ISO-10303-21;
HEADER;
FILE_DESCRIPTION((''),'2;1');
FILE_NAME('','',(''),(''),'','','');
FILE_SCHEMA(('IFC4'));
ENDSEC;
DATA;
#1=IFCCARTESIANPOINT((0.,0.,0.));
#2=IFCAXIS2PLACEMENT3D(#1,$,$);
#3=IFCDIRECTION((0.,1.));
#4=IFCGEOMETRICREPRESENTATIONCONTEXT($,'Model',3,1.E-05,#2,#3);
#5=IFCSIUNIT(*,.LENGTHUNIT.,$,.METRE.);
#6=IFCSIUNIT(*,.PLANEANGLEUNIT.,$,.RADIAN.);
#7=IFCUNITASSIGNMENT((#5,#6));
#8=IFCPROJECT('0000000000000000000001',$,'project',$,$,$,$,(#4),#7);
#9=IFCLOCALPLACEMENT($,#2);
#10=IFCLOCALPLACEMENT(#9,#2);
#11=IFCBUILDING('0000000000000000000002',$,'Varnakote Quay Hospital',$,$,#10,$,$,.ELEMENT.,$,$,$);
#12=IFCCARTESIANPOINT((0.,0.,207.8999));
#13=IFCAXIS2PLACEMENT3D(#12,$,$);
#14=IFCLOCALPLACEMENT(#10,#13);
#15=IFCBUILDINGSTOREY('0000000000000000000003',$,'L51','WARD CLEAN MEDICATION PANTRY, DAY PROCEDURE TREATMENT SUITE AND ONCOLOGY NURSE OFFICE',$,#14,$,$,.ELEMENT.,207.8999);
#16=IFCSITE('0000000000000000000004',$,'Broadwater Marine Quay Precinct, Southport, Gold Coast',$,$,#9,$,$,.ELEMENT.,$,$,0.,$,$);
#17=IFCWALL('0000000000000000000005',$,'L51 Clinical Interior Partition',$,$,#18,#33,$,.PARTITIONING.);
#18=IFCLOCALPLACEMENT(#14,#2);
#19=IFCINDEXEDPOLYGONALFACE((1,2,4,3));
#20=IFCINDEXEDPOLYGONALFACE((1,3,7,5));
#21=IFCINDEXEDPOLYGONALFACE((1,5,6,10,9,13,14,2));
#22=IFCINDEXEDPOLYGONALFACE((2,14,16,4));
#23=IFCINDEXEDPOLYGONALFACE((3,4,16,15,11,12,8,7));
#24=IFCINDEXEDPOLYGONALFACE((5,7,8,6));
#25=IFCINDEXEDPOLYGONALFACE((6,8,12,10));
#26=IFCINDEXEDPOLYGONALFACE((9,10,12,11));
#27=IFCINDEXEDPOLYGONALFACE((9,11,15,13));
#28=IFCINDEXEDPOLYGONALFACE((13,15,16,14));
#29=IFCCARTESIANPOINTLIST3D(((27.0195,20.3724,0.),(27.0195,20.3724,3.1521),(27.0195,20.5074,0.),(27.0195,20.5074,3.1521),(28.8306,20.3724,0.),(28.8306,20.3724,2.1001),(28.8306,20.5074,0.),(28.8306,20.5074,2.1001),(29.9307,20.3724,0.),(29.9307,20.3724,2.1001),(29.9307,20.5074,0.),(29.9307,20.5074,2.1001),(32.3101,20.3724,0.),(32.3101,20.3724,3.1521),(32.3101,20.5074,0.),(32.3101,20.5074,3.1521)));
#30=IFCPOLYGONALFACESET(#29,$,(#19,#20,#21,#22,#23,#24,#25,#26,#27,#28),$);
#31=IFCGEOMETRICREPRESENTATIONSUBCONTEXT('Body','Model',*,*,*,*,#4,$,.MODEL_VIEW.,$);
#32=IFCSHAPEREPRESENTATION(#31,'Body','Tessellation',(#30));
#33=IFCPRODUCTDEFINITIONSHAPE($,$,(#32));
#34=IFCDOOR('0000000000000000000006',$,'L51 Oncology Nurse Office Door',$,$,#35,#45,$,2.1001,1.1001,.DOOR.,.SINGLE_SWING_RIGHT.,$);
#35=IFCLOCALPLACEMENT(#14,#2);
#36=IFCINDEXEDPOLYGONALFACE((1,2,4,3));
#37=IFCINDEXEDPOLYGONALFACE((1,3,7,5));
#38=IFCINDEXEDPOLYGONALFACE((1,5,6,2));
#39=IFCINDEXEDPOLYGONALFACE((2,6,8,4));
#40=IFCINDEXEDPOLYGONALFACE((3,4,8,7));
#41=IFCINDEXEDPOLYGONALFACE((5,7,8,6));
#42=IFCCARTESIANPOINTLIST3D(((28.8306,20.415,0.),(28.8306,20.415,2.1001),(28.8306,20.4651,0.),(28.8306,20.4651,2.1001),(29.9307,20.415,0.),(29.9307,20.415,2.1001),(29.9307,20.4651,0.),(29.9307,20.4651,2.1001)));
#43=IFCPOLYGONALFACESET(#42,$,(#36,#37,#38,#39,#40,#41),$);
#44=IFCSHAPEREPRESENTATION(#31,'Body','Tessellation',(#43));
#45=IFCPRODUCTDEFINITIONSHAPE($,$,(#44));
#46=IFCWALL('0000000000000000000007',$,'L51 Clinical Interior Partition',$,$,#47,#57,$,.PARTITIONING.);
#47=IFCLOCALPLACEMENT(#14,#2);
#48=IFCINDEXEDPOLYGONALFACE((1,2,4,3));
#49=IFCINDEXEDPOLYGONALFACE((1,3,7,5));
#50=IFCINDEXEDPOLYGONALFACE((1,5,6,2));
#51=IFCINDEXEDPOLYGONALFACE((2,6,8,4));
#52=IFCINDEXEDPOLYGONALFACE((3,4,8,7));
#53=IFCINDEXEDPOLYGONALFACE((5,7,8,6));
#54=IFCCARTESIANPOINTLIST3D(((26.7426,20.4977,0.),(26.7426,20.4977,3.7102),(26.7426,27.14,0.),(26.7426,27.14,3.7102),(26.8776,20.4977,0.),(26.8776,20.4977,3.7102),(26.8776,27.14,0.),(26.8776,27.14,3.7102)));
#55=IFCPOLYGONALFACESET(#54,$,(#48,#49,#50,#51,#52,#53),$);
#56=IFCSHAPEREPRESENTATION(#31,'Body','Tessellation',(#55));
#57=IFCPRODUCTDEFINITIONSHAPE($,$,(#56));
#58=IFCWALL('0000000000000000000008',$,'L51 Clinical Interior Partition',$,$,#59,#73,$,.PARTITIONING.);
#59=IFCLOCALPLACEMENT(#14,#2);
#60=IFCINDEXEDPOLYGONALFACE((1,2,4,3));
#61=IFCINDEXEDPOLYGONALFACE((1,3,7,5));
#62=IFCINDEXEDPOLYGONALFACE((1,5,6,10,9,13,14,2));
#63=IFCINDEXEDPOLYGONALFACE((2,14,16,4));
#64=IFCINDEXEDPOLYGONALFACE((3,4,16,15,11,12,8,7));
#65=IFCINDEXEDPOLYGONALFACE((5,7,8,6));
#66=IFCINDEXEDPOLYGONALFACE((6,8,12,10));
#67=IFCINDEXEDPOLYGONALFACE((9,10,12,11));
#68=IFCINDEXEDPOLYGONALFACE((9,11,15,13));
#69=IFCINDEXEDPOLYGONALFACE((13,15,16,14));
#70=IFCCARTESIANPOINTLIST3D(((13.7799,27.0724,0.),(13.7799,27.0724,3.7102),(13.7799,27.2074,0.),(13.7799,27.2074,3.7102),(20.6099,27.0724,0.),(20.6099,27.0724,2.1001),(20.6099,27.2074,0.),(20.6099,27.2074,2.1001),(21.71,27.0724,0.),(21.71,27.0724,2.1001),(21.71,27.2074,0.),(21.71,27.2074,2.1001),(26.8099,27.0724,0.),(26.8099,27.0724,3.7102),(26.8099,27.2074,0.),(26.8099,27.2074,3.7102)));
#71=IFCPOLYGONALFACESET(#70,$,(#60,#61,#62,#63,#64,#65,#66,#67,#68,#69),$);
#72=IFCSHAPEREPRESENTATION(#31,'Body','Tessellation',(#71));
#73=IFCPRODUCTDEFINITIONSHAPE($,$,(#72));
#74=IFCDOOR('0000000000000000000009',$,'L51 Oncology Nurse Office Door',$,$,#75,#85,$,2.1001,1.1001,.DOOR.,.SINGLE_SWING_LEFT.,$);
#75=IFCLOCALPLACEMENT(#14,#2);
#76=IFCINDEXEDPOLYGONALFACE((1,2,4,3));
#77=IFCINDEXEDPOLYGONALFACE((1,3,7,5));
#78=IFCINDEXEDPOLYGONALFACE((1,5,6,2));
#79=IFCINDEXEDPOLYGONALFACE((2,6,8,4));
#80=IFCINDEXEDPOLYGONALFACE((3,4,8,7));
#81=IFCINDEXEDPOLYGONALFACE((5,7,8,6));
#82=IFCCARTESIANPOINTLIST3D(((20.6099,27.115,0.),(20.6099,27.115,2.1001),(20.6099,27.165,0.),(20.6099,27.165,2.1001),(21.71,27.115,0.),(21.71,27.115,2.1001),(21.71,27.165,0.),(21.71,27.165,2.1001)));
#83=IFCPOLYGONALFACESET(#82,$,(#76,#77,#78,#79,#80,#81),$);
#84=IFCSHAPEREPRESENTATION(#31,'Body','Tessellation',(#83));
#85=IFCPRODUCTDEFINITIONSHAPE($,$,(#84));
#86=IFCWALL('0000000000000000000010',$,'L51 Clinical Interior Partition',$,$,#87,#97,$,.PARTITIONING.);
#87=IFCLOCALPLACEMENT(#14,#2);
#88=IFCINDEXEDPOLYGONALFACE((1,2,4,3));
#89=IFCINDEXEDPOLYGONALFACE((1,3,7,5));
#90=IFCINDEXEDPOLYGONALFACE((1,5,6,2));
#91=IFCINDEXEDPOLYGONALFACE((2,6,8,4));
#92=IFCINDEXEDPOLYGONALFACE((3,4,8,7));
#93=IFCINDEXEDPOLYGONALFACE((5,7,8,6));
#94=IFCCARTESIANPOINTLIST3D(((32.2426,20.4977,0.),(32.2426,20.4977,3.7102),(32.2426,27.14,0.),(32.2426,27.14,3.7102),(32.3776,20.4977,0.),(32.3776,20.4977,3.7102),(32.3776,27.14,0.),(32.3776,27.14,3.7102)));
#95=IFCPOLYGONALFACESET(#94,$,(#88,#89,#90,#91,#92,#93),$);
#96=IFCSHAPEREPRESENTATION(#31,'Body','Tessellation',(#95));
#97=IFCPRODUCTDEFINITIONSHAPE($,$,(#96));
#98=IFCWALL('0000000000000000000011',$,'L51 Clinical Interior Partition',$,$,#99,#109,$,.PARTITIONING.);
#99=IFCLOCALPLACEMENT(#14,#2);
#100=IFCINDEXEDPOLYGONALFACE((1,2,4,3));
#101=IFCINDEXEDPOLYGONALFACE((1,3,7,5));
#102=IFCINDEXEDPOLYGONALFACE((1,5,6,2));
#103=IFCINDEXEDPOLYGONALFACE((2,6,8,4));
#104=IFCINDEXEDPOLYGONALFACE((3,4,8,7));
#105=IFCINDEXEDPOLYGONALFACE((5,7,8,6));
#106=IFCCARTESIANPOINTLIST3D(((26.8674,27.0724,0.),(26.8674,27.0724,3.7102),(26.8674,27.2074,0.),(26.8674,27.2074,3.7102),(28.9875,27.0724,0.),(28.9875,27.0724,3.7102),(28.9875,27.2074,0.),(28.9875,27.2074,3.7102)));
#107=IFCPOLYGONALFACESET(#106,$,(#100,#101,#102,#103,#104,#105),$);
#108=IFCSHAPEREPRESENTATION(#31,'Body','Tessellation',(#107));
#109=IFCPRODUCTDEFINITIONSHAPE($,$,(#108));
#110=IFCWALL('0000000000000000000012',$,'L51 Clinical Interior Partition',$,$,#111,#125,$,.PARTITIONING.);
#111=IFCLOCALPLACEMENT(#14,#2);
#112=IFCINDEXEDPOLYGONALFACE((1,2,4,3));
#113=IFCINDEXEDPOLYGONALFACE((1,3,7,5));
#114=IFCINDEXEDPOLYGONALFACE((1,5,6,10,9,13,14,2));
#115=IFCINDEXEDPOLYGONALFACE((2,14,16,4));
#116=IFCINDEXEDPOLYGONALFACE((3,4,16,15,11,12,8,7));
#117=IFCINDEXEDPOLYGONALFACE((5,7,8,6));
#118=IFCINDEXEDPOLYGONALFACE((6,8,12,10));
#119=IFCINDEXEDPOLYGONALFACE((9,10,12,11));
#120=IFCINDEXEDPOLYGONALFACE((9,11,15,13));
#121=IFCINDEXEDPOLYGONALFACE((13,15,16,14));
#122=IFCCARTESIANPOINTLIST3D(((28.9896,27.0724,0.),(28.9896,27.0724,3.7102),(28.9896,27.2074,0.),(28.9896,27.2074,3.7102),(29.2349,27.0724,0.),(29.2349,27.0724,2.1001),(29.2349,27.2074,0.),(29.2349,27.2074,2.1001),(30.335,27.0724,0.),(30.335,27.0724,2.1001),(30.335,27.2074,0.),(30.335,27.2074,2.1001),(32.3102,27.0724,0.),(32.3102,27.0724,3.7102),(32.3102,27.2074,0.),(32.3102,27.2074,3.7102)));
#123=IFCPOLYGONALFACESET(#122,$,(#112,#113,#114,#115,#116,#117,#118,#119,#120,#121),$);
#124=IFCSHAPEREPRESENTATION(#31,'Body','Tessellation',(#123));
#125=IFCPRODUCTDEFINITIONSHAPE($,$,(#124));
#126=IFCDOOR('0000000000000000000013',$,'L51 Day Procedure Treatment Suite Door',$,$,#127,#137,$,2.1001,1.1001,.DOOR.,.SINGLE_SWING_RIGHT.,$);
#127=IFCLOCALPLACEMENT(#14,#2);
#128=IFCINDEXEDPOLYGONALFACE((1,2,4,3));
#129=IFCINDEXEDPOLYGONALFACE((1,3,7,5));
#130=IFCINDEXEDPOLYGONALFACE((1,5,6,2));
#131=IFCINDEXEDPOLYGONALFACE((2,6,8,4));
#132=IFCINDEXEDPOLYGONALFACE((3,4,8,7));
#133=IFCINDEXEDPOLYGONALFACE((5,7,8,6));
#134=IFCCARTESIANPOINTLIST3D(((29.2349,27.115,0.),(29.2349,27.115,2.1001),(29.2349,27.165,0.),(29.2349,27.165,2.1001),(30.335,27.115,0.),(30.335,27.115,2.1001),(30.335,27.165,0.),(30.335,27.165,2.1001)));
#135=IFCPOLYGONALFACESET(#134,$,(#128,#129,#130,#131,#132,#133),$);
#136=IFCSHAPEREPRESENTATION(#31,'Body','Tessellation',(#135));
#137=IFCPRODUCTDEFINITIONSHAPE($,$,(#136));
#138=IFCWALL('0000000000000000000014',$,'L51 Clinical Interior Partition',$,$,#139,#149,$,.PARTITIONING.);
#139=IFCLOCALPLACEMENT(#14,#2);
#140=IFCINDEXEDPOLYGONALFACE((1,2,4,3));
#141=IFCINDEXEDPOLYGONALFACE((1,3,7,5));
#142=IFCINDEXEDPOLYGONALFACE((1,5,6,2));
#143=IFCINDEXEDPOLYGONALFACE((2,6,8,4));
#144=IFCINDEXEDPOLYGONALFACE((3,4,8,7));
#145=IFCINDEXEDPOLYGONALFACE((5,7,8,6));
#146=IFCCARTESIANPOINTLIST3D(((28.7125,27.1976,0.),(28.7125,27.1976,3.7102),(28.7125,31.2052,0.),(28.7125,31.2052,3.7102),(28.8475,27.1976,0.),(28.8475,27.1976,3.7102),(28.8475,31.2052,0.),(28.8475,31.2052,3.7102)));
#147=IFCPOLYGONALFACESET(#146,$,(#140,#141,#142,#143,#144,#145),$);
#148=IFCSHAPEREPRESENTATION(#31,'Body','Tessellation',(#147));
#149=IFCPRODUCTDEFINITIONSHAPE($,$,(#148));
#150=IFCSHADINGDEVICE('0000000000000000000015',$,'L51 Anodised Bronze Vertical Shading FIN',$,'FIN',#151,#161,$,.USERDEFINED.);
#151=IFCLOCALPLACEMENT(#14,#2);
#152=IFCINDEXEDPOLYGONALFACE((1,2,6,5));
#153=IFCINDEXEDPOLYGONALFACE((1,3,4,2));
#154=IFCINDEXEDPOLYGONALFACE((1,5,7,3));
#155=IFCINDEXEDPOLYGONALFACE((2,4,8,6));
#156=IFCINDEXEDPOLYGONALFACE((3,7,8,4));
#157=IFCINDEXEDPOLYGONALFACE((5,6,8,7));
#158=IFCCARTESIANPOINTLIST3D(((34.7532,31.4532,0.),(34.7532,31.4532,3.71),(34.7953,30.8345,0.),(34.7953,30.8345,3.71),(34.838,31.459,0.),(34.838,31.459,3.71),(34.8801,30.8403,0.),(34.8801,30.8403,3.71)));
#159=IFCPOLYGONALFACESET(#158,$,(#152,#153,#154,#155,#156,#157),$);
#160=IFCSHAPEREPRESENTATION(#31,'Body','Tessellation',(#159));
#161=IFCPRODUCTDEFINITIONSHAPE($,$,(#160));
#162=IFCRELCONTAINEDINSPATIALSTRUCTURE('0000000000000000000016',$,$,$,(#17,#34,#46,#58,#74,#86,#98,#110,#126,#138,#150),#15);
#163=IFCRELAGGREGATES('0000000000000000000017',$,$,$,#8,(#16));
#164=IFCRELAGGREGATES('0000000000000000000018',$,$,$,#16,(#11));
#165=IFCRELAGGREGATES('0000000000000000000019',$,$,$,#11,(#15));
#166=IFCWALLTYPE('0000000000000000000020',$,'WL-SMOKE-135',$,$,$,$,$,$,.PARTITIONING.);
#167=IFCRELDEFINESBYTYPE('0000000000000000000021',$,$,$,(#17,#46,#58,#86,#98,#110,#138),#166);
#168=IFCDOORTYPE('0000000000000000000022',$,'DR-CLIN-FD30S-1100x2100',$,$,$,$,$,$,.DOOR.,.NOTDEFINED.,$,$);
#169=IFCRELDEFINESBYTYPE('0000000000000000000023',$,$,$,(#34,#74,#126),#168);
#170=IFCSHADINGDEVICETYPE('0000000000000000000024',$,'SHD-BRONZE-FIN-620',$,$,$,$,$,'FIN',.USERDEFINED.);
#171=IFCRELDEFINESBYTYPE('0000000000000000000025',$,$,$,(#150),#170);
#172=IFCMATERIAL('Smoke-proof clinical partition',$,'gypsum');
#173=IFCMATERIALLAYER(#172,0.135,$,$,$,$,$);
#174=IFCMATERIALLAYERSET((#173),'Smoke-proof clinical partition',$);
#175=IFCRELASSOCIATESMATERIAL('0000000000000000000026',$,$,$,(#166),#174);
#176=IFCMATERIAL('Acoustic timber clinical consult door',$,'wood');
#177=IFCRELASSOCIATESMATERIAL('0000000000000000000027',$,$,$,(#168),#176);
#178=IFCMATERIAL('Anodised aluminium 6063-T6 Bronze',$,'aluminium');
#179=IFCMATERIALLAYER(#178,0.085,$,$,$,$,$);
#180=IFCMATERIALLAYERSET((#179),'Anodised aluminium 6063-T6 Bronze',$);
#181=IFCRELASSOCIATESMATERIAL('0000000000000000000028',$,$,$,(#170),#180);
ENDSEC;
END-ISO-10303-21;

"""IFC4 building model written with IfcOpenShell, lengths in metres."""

from ifc_helpers import new_model, si_unit, direction, frame, frame_2d, origin, origin_2d, place, context, subcontext, project, spatial, rectangle, extrude, material, layer, layer_set, type_object, element, fill, save


model = new_model("IFC4")

# Units and contexts
model_context = context("Model", 3, precision=1e-05, world=origin(), true_north=direction((0.0, 1.0)))
body_context = subcontext(model_context, "Body", "Model", "MODEL_VIEW")
ifc_project = project(units=[si_unit("LENGTHUNIT", "METRE"), si_unit("PLANEANGLEUNIT", "RADIAN")], contexts=[model_context])

# Site, building, storey
site_placement = place(None, origin())
site = spatial("IfcSite", under=ifc_project, at=site_placement, Name="Broadwater Marine Quay Precinct, Southport, Gold Coast", CompositionType="ELEMENT", RefElevation=0.0)
building_placement = place(site_placement, origin())
building = spatial("IfcBuilding", under=site, at=building_placement, Name="Varnakote Quay Hospital", CompositionType="ELEMENT")
storey_placement = place(building_placement, frame((0.0, 0.0, 207.8999)))
storey = spatial("IfcBuildingStorey", under=building, at=storey_placement, Name="L51", Description="WARD CLEAN MEDICATION PANTRY, DAY PROCEDURE TREATMENT SUITE AND ONCOLOGY NURSE OFFICE", CompositionType="ELEMENT", Elevation=207.8999)

# Shared definitions
ifc_material_1 = material(Name="Smoke-proof clinical partition", Category="gypsum")
ifc_layer_1 = layer(ifc_material_1, 0.135)
ifc_layer_set_1 = layer_set([ifc_layer_1], Name="Smoke-proof clinical partition")
wall_type_1 = type_object("IfcWallType", Name="WL-SMOKE-135", PredefinedType="PARTITIONING", material=ifc_layer_set_1)

# Wall, opening, door
wall_1_placement = place(storey_placement, frame((32.3101, 20.4399, 0.0), z_axis=(0.0, 0.0, 1.0), x_axis=(-1.0, 0.0, 0.0)))
wall_1 = element("IfcWall", 1, at=wall_1_placement, inside=storey, type_object=wall_type_1, Name="L51 Clinical Interior Partition", PredefinedType="PARTITIONING", context=body_context, shape_type="SweptSolid", body=[
    extrude(rectangle(XDim=5.2905, YDim=0.135, at=frame_2d((2.6453, 0.0))), origin(), (0.0, 0.0, 1.0), 3.1521),
])
opening_1_placement = place(wall_1_placement, frame((2.3794, 0.0, 0.0)))
opening_1 = element("IfcOpeningElement", 2, at=opening_1_placement, cuts=wall_1, PredefinedType="OPENING", context=body_context, shape_type="SweptSolid", body=[
    extrude(rectangle(XDim=1.1001, YDim=2.1001, at=frame_2d((0.55, 1.05))), frame((0.0, 0.0774, 0.0), z_axis=(0.0, -1.0, 0.0), x_axis=(1.0, 0.0, 0.0)), (0.0, 0.0, 1.0), 0.155),
])
ifc_material_2 = material(Name="Acoustic timber clinical consult door", Category="wood")
door_type = type_object("IfcDoorType", Name="DR-CLIN-FD30S-1100x2100", OperationType="NOTDEFINED", PredefinedType="DOOR", material=ifc_material_2)
door_1_placement = place(opening_1_placement, origin())
door_1 = element("IfcDoor", 3, at=door_1_placement, inside=storey, type_object=door_type, Name="L51 Oncology Nurse Office Door", OperationType="SINGLE_SWING_RIGHT", OverallHeight=2.1001, OverallWidth=1.1001, PredefinedType="DOOR", context=body_context, shape_type="SweptSolid", body=[
    extrude(rectangle(XDim=1.1001, YDim=2.1001, at=frame_2d((0.55, 1.05))), frame((0.0, 0.0249, 0.0), z_axis=(0.0, -1.0, 0.0), x_axis=(1.0, 0.0, 0.0)), (0.0, 0.0, 1.0), 0.05),
])
fill(opening_1, door_1)

# Wall
wall_2_placement = place(storey_placement, frame((26.8101, 20.4976, 0.0), z_axis=(0.0, 0.0, 1.0), x_axis=(0.0, 1.0, 0.0)))
element("IfcWall", 4, at=wall_2_placement, inside=storey, type_object=wall_type_1, Name="L51 Clinical Interior Partition", PredefinedType="PARTITIONING", context=body_context, shape_type="SweptSolid", body=[
    extrude(rectangle(XDim=6.6423, YDim=0.135, at=frame_2d((3.3213, 0.0))), origin(), (0.0, 0.0, 1.0), 3.7102),
])

# Wall, opening, door
wall_3_placement = place(storey_placement, frame((26.8101, 27.1399, 0.0), z_axis=(0.0, 0.0, 1.0), x_axis=(-1.0, 0.0, 0.0)))
wall_3 = element("IfcWall", 5, at=wall_3_placement, inside=storey, type_object=wall_type_1, Name="L51 Clinical Interior Partition", PredefinedType="PARTITIONING", context=body_context, shape_type="SweptSolid", body=[
    extrude(rectangle(XDim=13.03, YDim=0.135, at=frame_2d((6.5151, 0.0))), origin(), (0.0, 0.0, 1.0), 3.7102),
])
opening_2_placement = place(wall_3_placement, frame((5.1001, 0.0, 0.0)))
opening_2 = element("IfcOpeningElement", 6, at=opening_2_placement, cuts=wall_3, PredefinedType="OPENING", context=body_context, shape_type="SweptSolid", body=[
    extrude(rectangle(XDim=1.1001, YDim=2.1001, at=frame_2d((0.55, 1.05))), frame((0.0, 0.0774, 0.0), z_axis=(0.0, -1.0, 0.0), x_axis=(1.0, 0.0, 0.0)), (0.0, 0.0, 1.0), 0.155),
])
door_2_placement = place(opening_2_placement, origin())
door_2 = element("IfcDoor", 7, at=door_2_placement, inside=storey, type_object=door_type, Name="L51 Oncology Nurse Office Door", OperationType="SINGLE_SWING_LEFT", OverallHeight=2.1001, OverallWidth=1.1001, PredefinedType="DOOR", context=body_context, shape_type="SweptSolid", body=[
    extrude(rectangle(XDim=1.1001, YDim=2.1001, at=frame_2d((0.55, 1.05))), frame((0.0, 0.0249, 0.0), z_axis=(0.0, -1.0, 0.0), x_axis=(1.0, 0.0, 0.0)), (0.0, 0.0, 1.0), 0.05),
])
fill(opening_2, door_2)

# Walls
wall_4_placement = place(storey_placement, frame((32.3101, 20.4976, 0.0), z_axis=(0.0, 0.0, 1.0), x_axis=(0.0, 1.0, 0.0)))
element("IfcWall", 8, at=wall_4_placement, inside=storey, type_object=wall_type_1, Name="L51 Clinical Interior Partition", PredefinedType="PARTITIONING", context=body_context, shape_type="SweptSolid", body=[
    extrude(rectangle(XDim=6.6423, YDim=0.135, at=frame_2d((3.3213, 0.0))), origin(), (0.0, 0.0, 1.0), 3.7102),
])
wall_5_placement = place(storey_placement, frame((28.9875, 27.1399, 0.0), z_axis=(0.0, 0.0, 1.0), x_axis=(-1.0, 0.0, 0.0)))
element("IfcWall", 9, at=wall_5_placement, inside=storey, type_object=wall_type_1, Name="L51 Clinical Interior Partition", PredefinedType="PARTITIONING", context=body_context, shape_type="SweptSolid", body=[
    extrude(rectangle(XDim=2.1201, YDim=0.135, at=frame_2d((1.0601, 0.0))), origin(), (0.0, 0.0, 1.0), 3.7102),
])

# Wall, opening, door
wall_6_placement = place(storey_placement, frame((32.3101, 27.1399, 0.0), z_axis=(0.0, 0.0, 1.0), x_axis=(-1.0, 0.0, 0.0)))
wall_6 = element("IfcWall", 10, at=wall_6_placement, inside=storey, type_object=wall_type_1, Name="L51 Clinical Interior Partition", PredefinedType="PARTITIONING", context=body_context, shape_type="SweptSolid", body=[
    extrude(rectangle(XDim=3.3206, YDim=0.135, at=frame_2d((1.6602, 0.0))), origin(), (0.0, 0.0, 1.0), 3.7102),
])
opening_3_placement = place(wall_6_placement, frame((1.9751, 0.0, 0.0)))
opening_3 = element("IfcOpeningElement", 11, at=opening_3_placement, cuts=wall_6, PredefinedType="OPENING", context=body_context, shape_type="SweptSolid", body=[
    extrude(rectangle(XDim=1.1001, YDim=2.1001, at=frame_2d((0.55, 1.05))), frame((0.0, 0.0774, 0.0), z_axis=(0.0, -1.0, 0.0), x_axis=(1.0, 0.0, 0.0)), (0.0, 0.0, 1.0), 0.155),
])
door_3_placement = place(opening_3_placement, origin())
door_3 = element("IfcDoor", 12, at=door_3_placement, inside=storey, type_object=door_type, Name="L51 Day Procedure Treatment Suite Door", OperationType="SINGLE_SWING_RIGHT", OverallHeight=2.1001, OverallWidth=1.1001, PredefinedType="DOOR", context=body_context, shape_type="SweptSolid", body=[
    extrude(rectangle(XDim=1.1001, YDim=2.1001, at=frame_2d((0.55, 1.05))), frame((0.0, 0.0249, 0.0), z_axis=(0.0, -1.0, 0.0), x_axis=(1.0, 0.0, 0.0)), (0.0, 0.0, 1.0), 0.05),
])
fill(opening_3, door_3)

# Wall
wall_7_placement = place(storey_placement, frame((28.78, 27.1975, 0.0), z_axis=(0.0, 0.0, 1.0), x_axis=(0.0, 1.0, 0.0)))
element("IfcWall", 13, at=wall_7_placement, inside=storey, type_object=wall_type_1, Name="L51 Clinical Interior Partition", PredefinedType="PARTITIONING", context=body_context, shape_type="SweptSolid", body=[
    extrude(rectangle(XDim=4.0076, YDim=0.135, at=frame_2d((2.0039, 0.0))), origin(), (0.0, 0.0, 1.0), 3.7102),
])

# Shading device
ifc_material_3 = material(Name="Anodised aluminium 6063-T6 Bronze", Category="aluminium")
ifc_layer_2 = layer(ifc_material_3, 0.085)
ifc_layer_set_2 = layer_set([ifc_layer_2], Name="Anodised aluminium 6063-T6 Bronze")
shading_device_type = type_object("IfcShadingDeviceType", Name="SHD-BRONZE-FIN-620", ElementType="FIN", PredefinedType="USERDEFINED", material=ifc_layer_set_2)
shading_device_placement = place(storey_placement, frame((34.8167, 31.1467, 0.0), z_axis=(0.0, 0.0, 1.0), x_axis=(0.067841, -0.997696, 0.0)))
element("IfcShadingDevice", 14, at=shading_device_placement, inside=storey, type_object=shading_device_type, Name="L51 Anodised Bronze Vertical Shading FIN", ObjectType="FIN", PredefinedType="USERDEFINED", context=body_context, shape_type="SweptSolid", body=[
    extrude(rectangle(XDim=0.6201, YDim=0.085, at=origin_2d()), origin(), (0.0, 0.0, 1.0), 3.71),
])

save(model, "model.ifc")
